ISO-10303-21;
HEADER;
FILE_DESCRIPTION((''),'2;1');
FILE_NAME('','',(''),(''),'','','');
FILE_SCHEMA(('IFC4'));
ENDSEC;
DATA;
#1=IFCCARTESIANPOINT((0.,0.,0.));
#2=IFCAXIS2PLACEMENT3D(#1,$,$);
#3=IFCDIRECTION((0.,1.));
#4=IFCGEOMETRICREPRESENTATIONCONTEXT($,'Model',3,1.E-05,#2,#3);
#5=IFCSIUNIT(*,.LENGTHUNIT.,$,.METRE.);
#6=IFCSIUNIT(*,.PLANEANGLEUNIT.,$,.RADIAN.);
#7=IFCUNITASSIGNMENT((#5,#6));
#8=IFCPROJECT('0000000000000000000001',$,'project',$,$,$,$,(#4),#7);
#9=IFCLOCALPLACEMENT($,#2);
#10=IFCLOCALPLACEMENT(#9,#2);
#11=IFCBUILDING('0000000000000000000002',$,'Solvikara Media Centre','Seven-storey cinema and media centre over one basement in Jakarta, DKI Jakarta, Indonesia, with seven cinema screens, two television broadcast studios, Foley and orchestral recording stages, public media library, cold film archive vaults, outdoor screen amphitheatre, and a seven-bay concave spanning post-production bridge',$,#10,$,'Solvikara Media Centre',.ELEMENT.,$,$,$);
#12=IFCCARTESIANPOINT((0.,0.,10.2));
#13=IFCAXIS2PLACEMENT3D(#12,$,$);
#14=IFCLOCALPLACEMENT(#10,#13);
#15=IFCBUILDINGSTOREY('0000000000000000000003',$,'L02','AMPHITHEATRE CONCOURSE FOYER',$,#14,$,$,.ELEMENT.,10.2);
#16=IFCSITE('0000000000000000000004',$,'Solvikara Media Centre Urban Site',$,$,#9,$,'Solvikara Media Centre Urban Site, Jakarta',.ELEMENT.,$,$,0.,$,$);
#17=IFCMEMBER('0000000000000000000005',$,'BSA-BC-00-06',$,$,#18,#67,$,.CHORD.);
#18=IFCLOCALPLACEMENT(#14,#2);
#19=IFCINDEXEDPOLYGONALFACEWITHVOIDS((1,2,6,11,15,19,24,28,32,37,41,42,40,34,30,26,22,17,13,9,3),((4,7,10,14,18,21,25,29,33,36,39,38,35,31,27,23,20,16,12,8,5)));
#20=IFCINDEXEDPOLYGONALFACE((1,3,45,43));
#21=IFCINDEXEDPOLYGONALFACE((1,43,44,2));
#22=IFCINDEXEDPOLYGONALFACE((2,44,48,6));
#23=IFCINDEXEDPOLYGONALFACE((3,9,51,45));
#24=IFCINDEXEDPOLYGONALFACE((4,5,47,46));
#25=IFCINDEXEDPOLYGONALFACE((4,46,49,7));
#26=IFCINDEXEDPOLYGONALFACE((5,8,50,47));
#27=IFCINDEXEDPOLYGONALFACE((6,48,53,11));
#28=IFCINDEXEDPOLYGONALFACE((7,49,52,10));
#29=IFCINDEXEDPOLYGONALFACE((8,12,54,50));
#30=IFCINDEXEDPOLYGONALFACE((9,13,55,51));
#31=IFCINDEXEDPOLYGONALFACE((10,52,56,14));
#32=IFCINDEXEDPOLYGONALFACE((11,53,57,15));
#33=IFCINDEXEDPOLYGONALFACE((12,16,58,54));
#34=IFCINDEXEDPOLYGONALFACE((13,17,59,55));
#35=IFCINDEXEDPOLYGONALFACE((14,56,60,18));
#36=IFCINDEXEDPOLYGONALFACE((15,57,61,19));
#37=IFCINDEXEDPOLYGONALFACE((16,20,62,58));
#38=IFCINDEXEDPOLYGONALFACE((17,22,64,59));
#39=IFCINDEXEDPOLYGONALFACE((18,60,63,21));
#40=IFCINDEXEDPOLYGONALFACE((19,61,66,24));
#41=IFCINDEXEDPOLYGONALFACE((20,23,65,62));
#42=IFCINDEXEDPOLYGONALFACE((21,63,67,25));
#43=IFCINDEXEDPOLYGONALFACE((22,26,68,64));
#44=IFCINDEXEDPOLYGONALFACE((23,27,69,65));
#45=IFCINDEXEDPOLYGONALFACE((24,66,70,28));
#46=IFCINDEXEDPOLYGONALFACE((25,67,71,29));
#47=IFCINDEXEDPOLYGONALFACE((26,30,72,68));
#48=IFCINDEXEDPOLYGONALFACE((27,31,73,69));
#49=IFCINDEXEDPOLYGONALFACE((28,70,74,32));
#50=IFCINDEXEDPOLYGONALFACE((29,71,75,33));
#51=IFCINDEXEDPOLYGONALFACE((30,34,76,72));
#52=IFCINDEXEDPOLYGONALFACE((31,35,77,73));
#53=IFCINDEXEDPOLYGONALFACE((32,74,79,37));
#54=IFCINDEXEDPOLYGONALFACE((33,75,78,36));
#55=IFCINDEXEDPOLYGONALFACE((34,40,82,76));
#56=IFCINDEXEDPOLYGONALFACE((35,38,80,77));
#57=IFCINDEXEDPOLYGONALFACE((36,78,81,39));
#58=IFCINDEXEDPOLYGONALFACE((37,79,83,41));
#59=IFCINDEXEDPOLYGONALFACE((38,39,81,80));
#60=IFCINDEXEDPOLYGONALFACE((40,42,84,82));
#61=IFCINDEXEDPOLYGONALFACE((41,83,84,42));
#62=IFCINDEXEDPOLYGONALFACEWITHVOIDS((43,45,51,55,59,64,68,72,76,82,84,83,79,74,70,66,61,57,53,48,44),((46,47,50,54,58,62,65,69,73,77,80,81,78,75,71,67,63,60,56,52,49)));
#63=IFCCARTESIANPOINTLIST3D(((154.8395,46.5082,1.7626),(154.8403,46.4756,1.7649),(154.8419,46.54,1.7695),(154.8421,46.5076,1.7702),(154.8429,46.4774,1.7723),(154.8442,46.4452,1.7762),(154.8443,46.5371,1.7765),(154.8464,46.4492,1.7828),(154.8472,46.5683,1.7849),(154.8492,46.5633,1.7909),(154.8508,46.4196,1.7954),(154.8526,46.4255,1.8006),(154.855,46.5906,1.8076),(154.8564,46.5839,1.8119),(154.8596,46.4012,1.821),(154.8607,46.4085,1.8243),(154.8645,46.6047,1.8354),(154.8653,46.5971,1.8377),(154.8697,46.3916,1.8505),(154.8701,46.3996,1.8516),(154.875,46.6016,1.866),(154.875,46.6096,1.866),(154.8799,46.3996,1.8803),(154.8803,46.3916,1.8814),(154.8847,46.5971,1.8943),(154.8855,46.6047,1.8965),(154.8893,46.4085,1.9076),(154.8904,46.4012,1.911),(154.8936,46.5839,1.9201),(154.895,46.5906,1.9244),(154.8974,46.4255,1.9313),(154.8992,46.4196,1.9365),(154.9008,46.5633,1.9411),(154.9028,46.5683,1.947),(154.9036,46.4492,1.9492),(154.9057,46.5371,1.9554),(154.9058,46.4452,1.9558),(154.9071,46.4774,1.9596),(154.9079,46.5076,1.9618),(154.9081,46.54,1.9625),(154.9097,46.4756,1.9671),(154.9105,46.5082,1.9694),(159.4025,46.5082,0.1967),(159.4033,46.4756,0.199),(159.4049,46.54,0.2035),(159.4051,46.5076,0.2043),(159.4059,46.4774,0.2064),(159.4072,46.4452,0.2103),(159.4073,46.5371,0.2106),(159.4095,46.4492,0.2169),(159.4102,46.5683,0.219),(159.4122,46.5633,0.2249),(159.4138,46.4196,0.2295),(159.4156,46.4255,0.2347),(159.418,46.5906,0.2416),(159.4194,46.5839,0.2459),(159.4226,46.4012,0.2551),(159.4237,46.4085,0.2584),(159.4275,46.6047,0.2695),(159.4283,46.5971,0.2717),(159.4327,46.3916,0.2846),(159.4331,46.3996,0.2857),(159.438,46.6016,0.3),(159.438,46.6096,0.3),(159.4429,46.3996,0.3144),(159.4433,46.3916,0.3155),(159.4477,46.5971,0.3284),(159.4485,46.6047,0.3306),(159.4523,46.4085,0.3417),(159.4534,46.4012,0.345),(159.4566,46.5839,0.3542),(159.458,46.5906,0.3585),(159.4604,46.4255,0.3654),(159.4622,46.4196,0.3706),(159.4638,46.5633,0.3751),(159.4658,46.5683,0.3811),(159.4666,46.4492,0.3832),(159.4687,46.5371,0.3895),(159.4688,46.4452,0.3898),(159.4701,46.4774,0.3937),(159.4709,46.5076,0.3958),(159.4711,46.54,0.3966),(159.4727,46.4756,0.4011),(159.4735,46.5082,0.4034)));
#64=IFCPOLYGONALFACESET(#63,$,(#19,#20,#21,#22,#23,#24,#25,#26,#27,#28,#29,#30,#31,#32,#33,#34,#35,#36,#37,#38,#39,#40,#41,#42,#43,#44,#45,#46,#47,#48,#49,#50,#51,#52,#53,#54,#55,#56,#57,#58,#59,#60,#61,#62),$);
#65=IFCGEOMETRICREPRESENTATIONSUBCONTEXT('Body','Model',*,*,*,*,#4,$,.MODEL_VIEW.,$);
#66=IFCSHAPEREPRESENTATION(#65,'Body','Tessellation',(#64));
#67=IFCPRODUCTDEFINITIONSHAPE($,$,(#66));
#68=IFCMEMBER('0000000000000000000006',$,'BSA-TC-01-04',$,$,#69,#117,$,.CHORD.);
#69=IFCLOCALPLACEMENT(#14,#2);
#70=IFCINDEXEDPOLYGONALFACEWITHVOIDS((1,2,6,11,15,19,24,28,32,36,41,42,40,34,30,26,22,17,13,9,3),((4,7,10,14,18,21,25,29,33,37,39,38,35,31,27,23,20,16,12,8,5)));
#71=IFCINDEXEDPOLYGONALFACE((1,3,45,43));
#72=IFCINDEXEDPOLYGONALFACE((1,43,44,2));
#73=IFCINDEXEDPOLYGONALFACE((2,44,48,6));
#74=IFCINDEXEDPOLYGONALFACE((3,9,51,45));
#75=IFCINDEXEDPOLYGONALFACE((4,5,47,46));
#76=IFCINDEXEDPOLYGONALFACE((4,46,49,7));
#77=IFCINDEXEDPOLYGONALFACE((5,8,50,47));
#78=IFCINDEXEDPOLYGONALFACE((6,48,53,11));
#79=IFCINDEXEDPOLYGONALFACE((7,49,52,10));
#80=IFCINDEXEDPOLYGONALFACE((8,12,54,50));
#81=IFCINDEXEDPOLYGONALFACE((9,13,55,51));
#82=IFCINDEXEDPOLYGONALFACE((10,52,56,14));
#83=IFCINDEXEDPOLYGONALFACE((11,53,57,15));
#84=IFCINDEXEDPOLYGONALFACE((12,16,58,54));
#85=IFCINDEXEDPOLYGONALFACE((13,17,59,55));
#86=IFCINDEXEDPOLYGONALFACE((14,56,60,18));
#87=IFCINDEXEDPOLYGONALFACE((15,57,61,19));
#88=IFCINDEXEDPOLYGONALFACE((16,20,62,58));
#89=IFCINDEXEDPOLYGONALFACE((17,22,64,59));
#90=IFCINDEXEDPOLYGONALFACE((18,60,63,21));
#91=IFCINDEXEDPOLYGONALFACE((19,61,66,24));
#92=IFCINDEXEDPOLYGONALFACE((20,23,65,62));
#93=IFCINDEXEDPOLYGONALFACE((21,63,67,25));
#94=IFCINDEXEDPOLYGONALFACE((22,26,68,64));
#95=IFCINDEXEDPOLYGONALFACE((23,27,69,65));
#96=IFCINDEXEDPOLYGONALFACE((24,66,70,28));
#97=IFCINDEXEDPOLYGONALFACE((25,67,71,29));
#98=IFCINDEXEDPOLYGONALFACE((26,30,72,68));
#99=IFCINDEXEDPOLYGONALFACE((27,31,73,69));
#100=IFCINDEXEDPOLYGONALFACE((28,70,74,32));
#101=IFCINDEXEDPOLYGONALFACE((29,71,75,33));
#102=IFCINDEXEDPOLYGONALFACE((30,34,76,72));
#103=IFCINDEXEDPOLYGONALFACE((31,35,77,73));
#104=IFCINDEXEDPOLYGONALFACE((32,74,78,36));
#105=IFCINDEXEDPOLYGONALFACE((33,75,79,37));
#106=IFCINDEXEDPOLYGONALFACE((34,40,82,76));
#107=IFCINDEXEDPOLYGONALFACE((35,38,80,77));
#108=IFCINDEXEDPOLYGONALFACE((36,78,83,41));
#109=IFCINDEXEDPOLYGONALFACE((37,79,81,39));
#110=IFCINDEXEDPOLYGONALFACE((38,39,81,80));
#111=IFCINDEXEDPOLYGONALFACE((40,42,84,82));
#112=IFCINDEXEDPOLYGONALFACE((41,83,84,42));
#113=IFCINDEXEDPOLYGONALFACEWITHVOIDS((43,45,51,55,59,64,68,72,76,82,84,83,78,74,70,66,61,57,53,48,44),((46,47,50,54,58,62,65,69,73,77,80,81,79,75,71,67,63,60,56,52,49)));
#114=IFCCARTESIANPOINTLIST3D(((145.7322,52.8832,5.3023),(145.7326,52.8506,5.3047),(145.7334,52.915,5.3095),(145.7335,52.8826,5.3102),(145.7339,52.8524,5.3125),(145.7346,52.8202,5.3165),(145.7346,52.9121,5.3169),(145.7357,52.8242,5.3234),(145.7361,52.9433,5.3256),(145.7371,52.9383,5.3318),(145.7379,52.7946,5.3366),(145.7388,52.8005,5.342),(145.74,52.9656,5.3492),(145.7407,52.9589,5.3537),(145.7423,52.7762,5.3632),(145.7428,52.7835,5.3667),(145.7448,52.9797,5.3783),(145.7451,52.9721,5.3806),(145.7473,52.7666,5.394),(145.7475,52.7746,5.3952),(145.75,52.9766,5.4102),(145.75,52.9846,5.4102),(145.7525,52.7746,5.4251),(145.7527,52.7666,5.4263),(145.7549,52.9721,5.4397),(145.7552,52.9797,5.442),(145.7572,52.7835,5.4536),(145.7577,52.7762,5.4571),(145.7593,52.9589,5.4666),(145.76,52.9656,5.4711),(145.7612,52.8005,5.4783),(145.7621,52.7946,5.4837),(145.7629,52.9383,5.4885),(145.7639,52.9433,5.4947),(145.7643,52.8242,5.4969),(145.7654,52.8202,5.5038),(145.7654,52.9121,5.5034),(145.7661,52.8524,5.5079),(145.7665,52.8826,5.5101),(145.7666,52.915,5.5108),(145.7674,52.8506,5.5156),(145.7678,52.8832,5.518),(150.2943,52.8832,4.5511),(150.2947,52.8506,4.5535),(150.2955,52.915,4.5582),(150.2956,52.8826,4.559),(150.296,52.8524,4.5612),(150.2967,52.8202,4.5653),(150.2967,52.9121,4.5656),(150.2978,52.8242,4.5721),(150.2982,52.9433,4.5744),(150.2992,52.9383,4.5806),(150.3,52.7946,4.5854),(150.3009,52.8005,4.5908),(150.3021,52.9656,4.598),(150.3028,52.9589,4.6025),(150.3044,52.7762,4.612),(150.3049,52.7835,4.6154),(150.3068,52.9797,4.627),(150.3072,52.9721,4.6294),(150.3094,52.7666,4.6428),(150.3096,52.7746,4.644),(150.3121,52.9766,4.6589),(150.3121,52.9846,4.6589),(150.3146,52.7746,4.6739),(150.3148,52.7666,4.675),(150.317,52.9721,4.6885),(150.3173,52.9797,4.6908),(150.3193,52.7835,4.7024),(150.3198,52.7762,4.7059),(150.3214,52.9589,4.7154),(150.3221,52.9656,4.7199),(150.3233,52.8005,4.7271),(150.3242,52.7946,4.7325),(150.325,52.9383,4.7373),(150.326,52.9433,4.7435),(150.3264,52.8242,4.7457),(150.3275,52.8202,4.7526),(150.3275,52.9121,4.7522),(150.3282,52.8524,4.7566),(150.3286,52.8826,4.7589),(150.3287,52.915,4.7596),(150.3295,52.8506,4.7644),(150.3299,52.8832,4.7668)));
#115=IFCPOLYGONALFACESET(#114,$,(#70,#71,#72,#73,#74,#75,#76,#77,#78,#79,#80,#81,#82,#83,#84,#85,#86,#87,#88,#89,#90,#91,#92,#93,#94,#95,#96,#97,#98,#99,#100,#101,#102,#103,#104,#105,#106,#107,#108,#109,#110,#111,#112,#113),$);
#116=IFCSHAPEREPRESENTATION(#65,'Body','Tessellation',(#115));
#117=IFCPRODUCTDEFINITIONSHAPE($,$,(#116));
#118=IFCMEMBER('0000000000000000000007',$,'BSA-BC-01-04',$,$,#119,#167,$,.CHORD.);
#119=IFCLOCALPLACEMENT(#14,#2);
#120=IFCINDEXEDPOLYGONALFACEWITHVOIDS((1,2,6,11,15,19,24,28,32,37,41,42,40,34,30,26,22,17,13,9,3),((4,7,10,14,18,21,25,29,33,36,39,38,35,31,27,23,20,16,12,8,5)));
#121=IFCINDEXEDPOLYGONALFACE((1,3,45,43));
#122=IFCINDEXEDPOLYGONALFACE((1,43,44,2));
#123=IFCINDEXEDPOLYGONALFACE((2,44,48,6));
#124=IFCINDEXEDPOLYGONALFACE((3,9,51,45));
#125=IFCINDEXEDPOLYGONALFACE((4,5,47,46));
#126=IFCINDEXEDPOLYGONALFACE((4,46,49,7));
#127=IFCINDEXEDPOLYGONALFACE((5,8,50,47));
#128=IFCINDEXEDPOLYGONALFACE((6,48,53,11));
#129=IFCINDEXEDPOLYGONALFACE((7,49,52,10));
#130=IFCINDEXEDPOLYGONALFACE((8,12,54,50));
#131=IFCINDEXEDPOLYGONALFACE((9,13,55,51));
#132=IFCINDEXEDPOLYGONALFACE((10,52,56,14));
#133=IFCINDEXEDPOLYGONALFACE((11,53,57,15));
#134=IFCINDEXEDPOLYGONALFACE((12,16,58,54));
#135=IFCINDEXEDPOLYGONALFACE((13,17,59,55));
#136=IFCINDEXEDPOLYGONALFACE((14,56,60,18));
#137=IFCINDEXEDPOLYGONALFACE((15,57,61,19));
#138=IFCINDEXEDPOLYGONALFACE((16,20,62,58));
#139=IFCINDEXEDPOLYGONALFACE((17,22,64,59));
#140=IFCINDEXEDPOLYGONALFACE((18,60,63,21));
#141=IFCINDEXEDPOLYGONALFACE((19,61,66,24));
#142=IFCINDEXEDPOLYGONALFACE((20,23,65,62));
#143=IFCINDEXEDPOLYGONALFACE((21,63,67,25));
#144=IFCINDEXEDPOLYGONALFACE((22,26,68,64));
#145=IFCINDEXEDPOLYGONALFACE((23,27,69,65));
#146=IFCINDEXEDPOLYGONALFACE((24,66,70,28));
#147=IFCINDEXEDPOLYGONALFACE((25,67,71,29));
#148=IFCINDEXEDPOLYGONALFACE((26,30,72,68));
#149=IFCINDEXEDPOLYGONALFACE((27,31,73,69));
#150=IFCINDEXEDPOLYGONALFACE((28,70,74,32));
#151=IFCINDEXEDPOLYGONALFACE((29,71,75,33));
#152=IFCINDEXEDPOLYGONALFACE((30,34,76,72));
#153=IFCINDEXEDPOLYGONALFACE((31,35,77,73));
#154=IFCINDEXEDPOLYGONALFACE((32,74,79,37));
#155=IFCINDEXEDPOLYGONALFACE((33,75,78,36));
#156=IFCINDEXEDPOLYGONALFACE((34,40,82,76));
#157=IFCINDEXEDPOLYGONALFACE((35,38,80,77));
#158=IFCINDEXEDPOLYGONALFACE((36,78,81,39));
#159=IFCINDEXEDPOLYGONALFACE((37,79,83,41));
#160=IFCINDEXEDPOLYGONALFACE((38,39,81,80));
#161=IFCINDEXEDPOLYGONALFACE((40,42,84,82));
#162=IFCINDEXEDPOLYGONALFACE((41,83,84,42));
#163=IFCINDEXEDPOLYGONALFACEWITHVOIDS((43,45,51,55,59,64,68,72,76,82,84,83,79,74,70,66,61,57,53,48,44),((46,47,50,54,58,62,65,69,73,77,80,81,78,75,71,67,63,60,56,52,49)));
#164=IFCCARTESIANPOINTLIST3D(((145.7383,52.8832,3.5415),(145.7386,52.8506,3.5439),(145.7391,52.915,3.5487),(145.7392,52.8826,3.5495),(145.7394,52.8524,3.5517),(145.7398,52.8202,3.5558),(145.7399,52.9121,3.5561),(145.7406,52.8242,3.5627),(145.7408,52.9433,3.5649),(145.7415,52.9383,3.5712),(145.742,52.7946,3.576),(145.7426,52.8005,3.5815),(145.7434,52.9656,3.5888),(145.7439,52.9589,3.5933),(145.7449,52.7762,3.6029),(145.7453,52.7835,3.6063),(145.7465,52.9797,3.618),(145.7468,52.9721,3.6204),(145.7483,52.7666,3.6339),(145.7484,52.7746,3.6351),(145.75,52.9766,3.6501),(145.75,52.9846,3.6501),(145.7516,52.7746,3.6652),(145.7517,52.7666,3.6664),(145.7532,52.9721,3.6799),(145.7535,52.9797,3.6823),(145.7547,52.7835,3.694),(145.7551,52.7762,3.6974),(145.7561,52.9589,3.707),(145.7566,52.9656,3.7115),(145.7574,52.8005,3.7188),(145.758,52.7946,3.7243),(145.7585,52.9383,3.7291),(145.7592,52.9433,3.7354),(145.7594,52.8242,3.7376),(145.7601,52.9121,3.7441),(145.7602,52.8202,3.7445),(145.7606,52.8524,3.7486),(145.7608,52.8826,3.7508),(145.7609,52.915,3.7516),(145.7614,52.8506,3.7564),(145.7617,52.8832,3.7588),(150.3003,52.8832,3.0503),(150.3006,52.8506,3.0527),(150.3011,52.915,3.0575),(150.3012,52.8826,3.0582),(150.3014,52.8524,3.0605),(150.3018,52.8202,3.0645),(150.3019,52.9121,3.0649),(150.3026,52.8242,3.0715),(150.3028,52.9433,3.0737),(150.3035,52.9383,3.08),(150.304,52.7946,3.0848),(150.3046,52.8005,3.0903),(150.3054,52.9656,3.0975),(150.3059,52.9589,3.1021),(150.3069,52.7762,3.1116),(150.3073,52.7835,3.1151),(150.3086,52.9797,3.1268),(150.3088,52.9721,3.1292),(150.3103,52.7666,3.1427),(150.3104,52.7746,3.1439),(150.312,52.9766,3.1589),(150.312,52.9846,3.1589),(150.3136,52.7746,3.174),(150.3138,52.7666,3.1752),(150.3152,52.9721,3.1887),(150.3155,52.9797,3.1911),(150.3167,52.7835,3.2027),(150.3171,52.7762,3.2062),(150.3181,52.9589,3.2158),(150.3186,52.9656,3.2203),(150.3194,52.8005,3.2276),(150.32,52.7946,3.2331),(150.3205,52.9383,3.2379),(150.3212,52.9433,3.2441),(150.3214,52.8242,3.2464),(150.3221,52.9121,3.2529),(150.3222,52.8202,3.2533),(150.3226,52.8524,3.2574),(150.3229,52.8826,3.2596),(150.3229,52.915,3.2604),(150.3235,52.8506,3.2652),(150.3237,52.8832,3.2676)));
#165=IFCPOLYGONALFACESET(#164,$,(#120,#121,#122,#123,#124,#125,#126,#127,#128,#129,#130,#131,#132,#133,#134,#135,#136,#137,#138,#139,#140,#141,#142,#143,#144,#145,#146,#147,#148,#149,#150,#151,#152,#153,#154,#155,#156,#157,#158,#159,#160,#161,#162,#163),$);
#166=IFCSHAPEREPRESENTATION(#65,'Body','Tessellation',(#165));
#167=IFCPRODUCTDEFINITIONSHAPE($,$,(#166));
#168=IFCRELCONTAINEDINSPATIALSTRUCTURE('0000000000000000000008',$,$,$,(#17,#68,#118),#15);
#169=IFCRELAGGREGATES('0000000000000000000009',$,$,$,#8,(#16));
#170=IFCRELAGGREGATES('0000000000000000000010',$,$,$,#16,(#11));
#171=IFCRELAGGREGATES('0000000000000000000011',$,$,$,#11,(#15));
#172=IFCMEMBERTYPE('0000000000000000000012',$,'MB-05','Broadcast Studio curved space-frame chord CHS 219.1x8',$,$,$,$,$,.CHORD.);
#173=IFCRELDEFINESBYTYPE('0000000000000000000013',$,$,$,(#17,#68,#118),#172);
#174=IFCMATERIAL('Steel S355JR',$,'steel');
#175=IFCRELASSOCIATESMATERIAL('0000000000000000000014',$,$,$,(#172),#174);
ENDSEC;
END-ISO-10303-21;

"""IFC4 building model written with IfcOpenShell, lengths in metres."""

from ifc_helpers import new_model, si_unit, direction, frame, origin, origin_2d, place, context, subcontext, project, spatial, hollow_circle, extrude, material, material_profile, profile_set, type_object, element, save


model = new_model("IFC4")

# Units and contexts
model_context = context("Model", 3, precision=1e-05, world=origin(), true_north=direction((0.0, 1.0)))
body_context = subcontext(model_context, "Body", "Model", "MODEL_VIEW")
ifc_project = project(units=[si_unit("LENGTHUNIT", "METRE"), si_unit("PLANEANGLEUNIT", "RADIAN")], contexts=[model_context])

# Site, building, storey
site_placement = place(None, origin())
site = spatial("IfcSite", under=ifc_project, at=site_placement, Name="Solvikara Media Centre Urban Site", LongName="Solvikara Media Centre Urban Site, Jakarta", CompositionType="ELEMENT", RefElevation=0.0)
building_placement = place(site_placement, origin())
building = spatial("IfcBuilding", under=site, at=building_placement, Name="Solvikara Media Centre", Description="Seven-storey cinema and media centre over one basement in Jakarta, DKI Jakarta, Indonesia, with seven cinema screens, two television broadcast studios, Foley and orchestral recording stages, public media library, cold film archive vaults, outdoor screen amphitheatre, and a seven-bay concave spanning post-production bridge", LongName="Solvikara Media Centre", CompositionType="ELEMENT")
storey_placement = place(building_placement, frame((0.0, 0.0, 10.2)))
storey = spatial("IfcBuildingStorey", under=building, at=storey_placement, Name="L02", Description="AMPHITHEATRE CONCOURSE FOYER", CompositionType="ELEMENT", Elevation=10.2)

# Members
ifc_material_1 = material(Name="Steel S355JR", Category="steel")
ifc_material_profile_1 = material_profile(ifc_material_1, hollow_circle(Radius=0.1096, WallThickness=0.0081, at=origin_2d()), Name="CHS 219.1x8")
ifc_profile_set_1 = profile_set([ifc_material_profile_1], Name="Steel S355JR")
member_type_1 = type_object("IfcMemberType", Name="MB-05", Description="Broadcast Studio curved space-frame chord CHS 219.1x8", PredefinedType="CHORD", material=ifc_profile_set_1)
member_1_placement = place(storey_placement, frame((154.875, 46.5, 1.866), z_axis=(0.945853, 0.0, -0.324596), x_axis=(0.0, 1.0, 0.0)))
element("IfcMember", 1, at=member_1_placement, inside=storey, type_object=member_type_1, Name="BSA-BC-00-06", PredefinedType="CHORD", context=body_context, shape_type="SweptSolid", body=[
    extrude(hollow_circle(Radius=0.1096, WallThickness=0.0081, at=origin_2d()), origin(), (0.0, 0.0, 1.0), 4.8242),
])
member_2_placement = place(storey_placement, frame((145.75, 52.875, 5.4102), z_axis=(0.986712, 0.0, -0.162481), x_axis=(0.0, 1.0, 0.0)))
element("IfcMember", 2, at=member_2_placement, inside=storey, type_object=member_type_1, Name="BSA-TC-01-04", PredefinedType="CHORD", context=body_context, shape_type="SweptSolid", body=[
    extrude(hollow_circle(Radius=0.1096, WallThickness=0.0081, at=origin_2d()), origin(), (0.0, 0.0, 1.0), 4.6235),
])
member_3_placement = place(storey_placement, frame((145.75, 52.875, 3.6501), z_axis=(0.994253, 0.0, -0.107055), x_axis=(0.0, 1.0, 0.0)))
element("IfcMember", 3, at=member_3_placement, inside=storey, type_object=member_type_1, Name="BSA-BC-01-04", PredefinedType="CHORD", context=body_context, shape_type="SweptSolid", body=[
    extrude(hollow_circle(Radius=0.1096, WallThickness=0.0081, at=origin_2d()), origin(), (0.0, 0.0, 1.0), 4.5884),
])

save(model, "model.ifc")
